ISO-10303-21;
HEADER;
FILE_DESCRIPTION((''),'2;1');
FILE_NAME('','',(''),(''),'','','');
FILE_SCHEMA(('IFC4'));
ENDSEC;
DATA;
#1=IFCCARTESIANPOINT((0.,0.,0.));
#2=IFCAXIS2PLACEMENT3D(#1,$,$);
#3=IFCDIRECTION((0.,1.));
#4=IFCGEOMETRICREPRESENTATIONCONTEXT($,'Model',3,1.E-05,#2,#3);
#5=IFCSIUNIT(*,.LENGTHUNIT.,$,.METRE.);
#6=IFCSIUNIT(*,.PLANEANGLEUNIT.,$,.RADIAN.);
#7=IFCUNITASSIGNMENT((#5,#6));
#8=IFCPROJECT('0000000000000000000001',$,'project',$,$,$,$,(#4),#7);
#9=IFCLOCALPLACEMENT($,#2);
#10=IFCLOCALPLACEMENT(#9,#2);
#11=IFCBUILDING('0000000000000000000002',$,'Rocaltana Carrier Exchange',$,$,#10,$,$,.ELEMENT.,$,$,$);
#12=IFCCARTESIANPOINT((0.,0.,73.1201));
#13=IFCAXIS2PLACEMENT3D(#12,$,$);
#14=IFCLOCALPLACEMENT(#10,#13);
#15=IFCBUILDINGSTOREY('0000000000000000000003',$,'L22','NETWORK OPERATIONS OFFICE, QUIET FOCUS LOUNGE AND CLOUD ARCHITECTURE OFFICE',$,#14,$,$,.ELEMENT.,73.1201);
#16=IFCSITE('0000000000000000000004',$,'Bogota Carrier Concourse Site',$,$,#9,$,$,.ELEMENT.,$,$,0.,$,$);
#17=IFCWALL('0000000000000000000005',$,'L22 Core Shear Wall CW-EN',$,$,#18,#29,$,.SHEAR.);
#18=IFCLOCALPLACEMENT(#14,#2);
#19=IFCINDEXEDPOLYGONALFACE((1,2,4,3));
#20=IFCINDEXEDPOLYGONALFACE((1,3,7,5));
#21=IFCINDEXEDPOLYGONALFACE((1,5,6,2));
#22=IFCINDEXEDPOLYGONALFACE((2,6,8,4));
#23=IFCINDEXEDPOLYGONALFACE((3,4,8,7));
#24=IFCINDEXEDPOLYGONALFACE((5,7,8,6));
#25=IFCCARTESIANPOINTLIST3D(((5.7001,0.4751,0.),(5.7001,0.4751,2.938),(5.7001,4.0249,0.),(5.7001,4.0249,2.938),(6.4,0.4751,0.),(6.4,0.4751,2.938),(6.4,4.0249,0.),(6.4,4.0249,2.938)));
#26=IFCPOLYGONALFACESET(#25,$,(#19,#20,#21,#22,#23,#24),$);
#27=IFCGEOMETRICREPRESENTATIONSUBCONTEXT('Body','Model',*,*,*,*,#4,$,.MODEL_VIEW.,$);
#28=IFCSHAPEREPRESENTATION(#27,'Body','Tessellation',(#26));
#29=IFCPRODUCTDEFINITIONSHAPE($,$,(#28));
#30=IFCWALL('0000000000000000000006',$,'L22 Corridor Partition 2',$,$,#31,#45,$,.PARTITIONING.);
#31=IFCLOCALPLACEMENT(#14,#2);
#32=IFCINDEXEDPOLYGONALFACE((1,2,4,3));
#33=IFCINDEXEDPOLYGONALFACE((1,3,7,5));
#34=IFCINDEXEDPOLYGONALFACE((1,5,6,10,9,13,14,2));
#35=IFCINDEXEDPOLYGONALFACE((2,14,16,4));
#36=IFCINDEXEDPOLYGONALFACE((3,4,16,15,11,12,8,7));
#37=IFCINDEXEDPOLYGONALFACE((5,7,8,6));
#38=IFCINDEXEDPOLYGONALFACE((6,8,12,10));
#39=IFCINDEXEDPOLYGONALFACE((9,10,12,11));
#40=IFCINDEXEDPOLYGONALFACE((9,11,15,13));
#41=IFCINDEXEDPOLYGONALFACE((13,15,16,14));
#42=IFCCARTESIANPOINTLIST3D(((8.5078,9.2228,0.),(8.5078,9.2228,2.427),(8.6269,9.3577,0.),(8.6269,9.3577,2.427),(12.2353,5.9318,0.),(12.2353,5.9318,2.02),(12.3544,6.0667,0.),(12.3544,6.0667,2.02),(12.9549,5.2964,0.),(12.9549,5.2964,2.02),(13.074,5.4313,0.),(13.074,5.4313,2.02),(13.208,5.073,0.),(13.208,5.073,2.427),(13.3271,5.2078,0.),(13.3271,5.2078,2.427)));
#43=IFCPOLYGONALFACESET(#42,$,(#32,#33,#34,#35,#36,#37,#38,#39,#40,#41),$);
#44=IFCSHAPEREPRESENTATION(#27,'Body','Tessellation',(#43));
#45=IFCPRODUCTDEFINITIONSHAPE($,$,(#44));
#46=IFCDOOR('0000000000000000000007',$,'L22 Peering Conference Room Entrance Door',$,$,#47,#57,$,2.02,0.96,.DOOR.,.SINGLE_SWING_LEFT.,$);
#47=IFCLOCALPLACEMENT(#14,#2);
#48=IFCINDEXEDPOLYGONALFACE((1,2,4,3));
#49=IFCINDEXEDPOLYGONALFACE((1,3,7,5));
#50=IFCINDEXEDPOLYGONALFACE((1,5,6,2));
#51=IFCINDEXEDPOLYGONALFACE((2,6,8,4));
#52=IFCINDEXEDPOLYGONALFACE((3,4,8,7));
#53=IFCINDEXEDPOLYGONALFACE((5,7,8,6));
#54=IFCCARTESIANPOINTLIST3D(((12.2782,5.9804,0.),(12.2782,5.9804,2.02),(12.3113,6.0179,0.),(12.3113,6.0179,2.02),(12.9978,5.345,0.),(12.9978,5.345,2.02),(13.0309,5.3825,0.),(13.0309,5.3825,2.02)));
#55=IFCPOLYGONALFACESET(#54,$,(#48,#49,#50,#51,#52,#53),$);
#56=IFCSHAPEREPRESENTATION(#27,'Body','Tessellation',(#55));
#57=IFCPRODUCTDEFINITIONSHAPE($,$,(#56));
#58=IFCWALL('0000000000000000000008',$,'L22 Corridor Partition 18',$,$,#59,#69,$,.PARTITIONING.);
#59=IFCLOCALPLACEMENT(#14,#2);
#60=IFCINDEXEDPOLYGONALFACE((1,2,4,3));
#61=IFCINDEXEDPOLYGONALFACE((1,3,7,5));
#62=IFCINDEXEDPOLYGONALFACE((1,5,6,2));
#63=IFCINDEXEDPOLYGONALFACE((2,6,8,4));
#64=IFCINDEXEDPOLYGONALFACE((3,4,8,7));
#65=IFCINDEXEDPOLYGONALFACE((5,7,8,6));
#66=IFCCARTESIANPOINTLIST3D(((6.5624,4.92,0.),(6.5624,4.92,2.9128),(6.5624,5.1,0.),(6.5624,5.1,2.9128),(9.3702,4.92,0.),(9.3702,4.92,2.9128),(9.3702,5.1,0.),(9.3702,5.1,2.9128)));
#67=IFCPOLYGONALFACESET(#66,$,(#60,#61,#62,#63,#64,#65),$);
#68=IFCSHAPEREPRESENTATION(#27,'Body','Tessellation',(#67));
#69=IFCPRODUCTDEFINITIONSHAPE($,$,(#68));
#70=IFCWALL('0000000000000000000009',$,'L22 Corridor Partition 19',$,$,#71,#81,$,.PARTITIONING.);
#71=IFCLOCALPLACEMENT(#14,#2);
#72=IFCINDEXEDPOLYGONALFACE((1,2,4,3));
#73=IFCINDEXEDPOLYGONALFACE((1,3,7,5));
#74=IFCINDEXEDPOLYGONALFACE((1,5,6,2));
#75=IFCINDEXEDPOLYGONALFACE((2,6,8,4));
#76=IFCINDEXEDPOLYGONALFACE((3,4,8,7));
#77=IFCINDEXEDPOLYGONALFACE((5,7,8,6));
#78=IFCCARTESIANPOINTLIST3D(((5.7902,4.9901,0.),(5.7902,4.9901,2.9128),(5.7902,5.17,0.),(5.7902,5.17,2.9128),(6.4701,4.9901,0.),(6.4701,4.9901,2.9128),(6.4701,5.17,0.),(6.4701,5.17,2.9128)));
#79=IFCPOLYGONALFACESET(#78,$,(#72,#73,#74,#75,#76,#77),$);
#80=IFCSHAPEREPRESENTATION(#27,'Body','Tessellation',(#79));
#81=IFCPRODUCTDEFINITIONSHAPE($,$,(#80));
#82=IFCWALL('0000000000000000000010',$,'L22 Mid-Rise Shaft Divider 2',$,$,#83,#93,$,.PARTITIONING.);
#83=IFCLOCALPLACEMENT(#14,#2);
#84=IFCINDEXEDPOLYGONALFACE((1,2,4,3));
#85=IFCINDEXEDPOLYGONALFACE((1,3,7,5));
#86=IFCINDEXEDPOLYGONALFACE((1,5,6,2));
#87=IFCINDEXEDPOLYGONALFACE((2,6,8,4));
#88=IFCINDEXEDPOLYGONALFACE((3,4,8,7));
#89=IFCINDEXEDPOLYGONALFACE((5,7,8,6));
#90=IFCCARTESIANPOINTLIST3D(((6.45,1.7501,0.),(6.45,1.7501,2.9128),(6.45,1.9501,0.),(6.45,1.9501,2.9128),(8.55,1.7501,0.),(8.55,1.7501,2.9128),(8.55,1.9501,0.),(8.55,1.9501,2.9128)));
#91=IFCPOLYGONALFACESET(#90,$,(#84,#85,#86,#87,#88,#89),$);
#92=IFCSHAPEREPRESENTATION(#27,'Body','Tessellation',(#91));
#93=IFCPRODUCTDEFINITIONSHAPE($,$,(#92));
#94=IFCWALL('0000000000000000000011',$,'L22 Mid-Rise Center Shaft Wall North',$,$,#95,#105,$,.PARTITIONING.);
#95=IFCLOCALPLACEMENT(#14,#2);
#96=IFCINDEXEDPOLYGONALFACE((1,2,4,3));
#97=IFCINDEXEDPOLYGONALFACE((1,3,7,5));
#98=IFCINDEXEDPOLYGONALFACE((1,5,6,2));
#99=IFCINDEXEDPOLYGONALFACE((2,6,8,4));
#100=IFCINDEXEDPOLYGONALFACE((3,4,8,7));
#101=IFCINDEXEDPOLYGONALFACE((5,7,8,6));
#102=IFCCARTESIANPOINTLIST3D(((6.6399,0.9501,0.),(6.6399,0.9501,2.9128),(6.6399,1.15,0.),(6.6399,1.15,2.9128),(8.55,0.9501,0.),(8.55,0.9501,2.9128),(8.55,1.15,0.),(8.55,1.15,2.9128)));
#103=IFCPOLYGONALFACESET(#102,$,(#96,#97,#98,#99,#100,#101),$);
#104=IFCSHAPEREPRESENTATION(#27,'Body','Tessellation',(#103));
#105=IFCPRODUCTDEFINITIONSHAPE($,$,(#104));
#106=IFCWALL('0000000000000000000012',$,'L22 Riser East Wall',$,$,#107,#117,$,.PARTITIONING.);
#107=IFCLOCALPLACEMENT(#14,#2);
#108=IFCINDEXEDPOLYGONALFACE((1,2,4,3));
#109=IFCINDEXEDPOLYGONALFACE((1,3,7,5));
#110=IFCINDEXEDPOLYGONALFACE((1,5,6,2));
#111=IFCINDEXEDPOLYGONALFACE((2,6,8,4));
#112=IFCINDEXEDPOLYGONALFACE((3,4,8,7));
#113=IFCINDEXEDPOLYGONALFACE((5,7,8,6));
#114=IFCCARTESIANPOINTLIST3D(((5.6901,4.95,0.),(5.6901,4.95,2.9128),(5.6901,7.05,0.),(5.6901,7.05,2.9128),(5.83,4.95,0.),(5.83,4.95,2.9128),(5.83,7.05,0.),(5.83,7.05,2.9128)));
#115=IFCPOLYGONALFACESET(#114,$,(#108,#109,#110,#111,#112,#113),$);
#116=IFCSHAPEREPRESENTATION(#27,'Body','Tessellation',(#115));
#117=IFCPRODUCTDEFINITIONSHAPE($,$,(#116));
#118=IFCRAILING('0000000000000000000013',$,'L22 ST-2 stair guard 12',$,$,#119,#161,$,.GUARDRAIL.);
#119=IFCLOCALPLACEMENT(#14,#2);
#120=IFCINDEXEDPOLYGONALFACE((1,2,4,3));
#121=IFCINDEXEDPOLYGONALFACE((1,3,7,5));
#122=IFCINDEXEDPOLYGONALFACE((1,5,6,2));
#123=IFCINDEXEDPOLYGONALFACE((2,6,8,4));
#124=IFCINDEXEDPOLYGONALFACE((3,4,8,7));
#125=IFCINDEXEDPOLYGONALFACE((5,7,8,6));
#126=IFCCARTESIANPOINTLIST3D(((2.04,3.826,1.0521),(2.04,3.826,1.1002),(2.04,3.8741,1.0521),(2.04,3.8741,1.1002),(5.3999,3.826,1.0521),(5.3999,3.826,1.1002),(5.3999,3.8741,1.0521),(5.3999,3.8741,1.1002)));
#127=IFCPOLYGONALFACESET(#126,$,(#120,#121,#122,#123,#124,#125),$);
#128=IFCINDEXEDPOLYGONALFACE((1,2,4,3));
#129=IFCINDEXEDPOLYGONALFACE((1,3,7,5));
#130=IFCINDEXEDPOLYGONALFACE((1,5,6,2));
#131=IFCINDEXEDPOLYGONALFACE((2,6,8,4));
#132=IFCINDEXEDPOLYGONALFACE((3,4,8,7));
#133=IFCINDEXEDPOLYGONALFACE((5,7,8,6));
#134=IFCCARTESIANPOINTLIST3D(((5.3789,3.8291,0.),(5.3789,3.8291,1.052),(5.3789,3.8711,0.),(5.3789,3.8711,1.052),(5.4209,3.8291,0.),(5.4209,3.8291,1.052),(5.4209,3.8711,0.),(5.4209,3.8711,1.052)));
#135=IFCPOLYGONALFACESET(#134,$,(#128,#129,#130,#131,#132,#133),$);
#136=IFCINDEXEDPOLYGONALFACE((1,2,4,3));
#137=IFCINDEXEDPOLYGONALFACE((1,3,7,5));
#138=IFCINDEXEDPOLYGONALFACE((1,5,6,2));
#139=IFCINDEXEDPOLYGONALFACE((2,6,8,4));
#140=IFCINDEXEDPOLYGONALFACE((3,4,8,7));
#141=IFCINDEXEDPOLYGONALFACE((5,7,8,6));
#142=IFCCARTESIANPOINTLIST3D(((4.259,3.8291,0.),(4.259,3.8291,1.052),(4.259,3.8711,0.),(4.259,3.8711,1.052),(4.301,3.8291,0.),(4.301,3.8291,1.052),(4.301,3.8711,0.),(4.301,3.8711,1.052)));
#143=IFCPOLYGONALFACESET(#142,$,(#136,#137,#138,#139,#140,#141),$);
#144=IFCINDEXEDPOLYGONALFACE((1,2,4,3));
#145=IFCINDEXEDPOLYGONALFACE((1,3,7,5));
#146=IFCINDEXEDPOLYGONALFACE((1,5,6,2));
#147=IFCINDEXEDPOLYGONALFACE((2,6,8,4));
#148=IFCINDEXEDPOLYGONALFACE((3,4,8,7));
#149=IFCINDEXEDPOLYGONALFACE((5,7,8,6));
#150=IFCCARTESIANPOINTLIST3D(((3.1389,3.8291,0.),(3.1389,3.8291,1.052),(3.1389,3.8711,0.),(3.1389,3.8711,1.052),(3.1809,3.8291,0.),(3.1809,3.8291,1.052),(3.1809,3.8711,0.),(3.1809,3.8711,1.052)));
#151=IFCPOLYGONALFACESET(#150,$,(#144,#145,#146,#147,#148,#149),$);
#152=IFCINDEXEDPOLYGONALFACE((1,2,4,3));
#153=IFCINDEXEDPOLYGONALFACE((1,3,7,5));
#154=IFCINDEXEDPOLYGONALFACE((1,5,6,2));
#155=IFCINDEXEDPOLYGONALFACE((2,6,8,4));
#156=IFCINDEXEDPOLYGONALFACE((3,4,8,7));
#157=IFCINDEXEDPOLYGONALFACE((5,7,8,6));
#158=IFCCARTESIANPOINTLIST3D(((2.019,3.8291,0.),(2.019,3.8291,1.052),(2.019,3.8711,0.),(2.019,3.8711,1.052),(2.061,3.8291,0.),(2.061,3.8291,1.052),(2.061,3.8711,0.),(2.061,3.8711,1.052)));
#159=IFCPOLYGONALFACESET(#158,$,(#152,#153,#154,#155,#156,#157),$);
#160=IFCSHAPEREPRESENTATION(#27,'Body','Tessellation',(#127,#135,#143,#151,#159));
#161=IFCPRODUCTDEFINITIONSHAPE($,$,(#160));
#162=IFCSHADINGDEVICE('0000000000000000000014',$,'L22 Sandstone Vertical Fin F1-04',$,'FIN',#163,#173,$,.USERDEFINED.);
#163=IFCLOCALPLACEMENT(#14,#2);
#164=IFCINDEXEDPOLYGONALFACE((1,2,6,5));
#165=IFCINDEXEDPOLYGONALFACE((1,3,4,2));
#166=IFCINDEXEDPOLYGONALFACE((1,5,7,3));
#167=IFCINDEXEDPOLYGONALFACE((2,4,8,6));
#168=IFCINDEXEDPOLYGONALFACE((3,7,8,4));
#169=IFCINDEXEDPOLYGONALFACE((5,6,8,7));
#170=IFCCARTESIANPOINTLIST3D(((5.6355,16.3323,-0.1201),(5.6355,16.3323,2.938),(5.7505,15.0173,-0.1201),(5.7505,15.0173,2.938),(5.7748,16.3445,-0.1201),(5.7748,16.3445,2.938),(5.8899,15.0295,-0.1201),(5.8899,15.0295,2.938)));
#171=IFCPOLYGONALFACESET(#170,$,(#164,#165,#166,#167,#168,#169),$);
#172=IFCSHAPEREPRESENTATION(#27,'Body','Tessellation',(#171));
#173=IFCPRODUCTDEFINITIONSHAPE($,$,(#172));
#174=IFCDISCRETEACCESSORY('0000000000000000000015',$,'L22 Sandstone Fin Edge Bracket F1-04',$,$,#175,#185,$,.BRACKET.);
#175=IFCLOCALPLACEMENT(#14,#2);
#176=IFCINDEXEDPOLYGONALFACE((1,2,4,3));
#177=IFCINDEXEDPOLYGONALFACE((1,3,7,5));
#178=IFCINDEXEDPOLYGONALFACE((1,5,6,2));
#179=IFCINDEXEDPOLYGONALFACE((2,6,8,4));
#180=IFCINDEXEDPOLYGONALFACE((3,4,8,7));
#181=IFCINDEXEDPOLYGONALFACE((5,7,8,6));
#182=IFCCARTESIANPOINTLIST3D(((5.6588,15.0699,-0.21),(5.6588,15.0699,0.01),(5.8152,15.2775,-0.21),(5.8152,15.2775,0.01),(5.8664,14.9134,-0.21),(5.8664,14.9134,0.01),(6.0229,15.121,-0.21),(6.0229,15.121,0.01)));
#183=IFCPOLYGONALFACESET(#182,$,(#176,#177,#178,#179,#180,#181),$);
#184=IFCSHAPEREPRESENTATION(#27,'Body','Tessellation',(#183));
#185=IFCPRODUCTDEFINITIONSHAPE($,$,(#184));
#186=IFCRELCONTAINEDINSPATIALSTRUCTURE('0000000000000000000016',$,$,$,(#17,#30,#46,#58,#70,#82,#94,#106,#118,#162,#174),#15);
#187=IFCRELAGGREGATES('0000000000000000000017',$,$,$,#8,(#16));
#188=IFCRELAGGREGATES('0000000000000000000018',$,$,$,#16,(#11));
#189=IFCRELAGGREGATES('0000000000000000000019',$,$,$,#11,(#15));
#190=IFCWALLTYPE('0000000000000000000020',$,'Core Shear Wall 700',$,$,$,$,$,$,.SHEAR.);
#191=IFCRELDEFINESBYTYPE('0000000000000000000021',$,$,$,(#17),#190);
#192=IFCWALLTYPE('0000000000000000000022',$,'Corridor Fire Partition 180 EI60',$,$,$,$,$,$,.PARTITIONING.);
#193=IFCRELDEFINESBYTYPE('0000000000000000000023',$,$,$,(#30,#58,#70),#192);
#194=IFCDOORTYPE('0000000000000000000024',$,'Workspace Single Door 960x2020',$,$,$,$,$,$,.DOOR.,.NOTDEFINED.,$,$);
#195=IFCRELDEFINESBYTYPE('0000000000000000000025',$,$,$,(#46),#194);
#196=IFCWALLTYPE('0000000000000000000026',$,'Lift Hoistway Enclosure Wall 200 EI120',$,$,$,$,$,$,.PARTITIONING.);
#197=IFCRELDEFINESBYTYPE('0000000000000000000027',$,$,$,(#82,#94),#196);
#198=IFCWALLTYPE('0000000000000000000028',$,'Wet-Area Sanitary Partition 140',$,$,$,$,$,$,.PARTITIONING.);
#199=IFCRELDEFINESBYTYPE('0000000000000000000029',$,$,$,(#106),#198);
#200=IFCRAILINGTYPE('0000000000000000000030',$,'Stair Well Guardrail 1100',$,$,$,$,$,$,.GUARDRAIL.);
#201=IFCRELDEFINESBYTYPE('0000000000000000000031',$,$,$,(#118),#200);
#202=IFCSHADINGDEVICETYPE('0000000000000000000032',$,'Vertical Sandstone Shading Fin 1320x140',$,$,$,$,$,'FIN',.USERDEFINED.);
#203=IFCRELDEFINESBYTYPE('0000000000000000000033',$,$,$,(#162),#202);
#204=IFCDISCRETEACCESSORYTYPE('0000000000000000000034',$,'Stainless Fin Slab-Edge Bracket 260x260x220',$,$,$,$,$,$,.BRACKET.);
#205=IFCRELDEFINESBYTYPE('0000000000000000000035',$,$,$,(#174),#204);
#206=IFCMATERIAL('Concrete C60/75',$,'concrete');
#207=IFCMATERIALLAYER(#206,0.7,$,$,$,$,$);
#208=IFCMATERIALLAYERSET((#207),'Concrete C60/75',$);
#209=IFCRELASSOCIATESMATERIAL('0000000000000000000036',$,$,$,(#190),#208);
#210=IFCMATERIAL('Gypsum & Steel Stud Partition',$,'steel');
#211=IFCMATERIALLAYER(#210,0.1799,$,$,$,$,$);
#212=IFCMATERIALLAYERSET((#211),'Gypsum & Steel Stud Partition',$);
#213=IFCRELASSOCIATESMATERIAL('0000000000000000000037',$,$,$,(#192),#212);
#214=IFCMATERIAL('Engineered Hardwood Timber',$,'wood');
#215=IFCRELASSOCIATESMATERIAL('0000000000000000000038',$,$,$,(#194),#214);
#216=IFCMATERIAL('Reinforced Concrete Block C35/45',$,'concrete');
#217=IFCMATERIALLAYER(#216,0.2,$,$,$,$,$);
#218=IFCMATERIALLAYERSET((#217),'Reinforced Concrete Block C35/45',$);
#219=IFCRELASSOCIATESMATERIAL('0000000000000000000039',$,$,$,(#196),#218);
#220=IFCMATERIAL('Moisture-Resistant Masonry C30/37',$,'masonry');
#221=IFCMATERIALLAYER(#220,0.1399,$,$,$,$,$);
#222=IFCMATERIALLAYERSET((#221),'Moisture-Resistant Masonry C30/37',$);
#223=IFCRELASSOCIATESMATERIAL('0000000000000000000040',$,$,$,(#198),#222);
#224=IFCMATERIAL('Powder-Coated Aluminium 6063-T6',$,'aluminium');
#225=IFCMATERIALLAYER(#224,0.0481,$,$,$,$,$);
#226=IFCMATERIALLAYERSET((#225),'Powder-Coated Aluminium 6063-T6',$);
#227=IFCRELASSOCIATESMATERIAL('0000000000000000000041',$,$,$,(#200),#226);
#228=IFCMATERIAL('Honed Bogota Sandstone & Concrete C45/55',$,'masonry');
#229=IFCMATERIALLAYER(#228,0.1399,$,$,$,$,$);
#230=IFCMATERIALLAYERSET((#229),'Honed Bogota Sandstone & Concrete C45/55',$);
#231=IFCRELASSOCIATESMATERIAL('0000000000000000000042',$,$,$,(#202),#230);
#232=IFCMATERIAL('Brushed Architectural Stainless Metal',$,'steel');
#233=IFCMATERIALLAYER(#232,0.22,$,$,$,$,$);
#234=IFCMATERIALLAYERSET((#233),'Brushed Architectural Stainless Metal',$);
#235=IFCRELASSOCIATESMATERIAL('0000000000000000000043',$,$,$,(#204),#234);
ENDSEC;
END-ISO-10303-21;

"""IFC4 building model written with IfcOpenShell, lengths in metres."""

from ifc_helpers import new_model, si_unit, direction, frame, frame_2d, origin, origin_2d, place, context, subcontext, project, spatial, rectangle, extrude, material, layer, layer_set, type_object, element, fill, save


model = new_model("IFC4")

# Units and contexts
model_context = context("Model", 3, precision=1e-05, world=origin(), true_north=direction((0.0, 1.0)))
body_context = subcontext(model_context, "Body", "Model", "MODEL_VIEW")
ifc_project = project(units=[si_unit("LENGTHUNIT", "METRE"), si_unit("PLANEANGLEUNIT", "RADIAN")], contexts=[model_context])

# Site, building, storey
site_placement = place(None, origin())
site = spatial("IfcSite", under=ifc_project, at=site_placement, Name="Bogota Carrier Concourse Site", CompositionType="ELEMENT", RefElevation=0.0)
building_placement = place(site_placement, origin())
building = spatial("IfcBuilding", under=site, at=building_placement, Name="Rocaltana Carrier Exchange", CompositionType="ELEMENT")
storey_placement = place(building_placement, frame((0.0, 0.0, 73.1201)))
storey = spatial("IfcBuildingStorey", under=building, at=storey_placement, Name="L22", Description="NETWORK OPERATIONS OFFICE, QUIET FOCUS LOUNGE AND CLOUD ARCHITECTURE OFFICE", CompositionType="ELEMENT", Elevation=73.1201)

# Wall
ifc_material_1 = material(Name="Concrete C60/75", Category="concrete")
ifc_layer_1 = layer(ifc_material_1, 0.7)
ifc_layer_set_1 = layer_set([ifc_layer_1], Name="Concrete C60/75")
wall_type_1 = type_object("IfcWallType", Name="Core Shear Wall 700", PredefinedType="SHEAR", material=ifc_layer_set_1)
wall_1_placement = place(storey_placement, frame((6.05, 0.4751, 0.0), z_axis=(0.0, 0.0, 1.0), x_axis=(0.0, 1.0, 0.0)))
element("IfcWall", 1, at=wall_1_placement, inside=storey, type_object=wall_type_1, Name="L22 Core Shear Wall CW-EN", PredefinedType="SHEAR", context=body_context, shape_type="SweptSolid", body=[
    extrude(rectangle(XDim=3.5498, YDim=0.7, at=frame_2d((1.7749, 0.0))), origin(), (0.0, 0.0, 1.0), 2.938),
])

# Wall, opening, door
ifc_material_2 = material(Name="Gypsum & Steel Stud Partition", Category="steel")
ifc_layer_2 = layer(ifc_material_2, 0.1799)
ifc_layer_set_2 = layer_set([ifc_layer_2], Name="Gypsum & Steel Stud Partition")
wall_type_2 = type_object("IfcWallType", Name="Corridor Fire Partition 180 EI60", PredefinedType="PARTITIONING", material=ifc_layer_set_2)
wall_2_placement = place(storey_placement, frame((8.5674, 9.2903, 0.0), z_axis=(0.0, 0.0, 1.0), x_axis=(0.749626, -0.661861, 0.0)))
wall_2 = element("IfcWall", 2, at=wall_2_placement, inside=storey, type_object=wall_type_2, Name="L22 Corridor Partition 2", PredefinedType="PARTITIONING", context=body_context, shape_type="SweptSolid", body=[
    extrude(rectangle(XDim=6.27, YDim=0.1799, at=frame_2d((3.135, 0.0))), origin(), (0.0, 0.0, 1.0), 2.427),
])
opening_placement = place(wall_2_placement, frame((4.9724, 0.0, 0.0)))
opening = element("IfcOpeningElement", 3, at=opening_placement, cuts=wall_2, PredefinedType="OPENING", context=body_context, shape_type="SweptSolid", body=[
    extrude(rectangle(XDim=0.96, YDim=2.02, at=frame_2d((0.48, 1.01))), frame((0.0, 0.0999, 0.0), z_axis=(0.0, -1.0, 0.0), x_axis=(1.0, 0.0, 0.0)), (0.0, 0.0, 1.0), 0.2),
])
ifc_material_3 = material(Name="Engineered Hardwood Timber", Category="wood")
door_type = type_object("IfcDoorType", Name="Workspace Single Door 960x2020", OperationType="NOTDEFINED", PredefinedType="DOOR", material=ifc_material_3)
door_placement = place(opening_placement, origin())
door = element("IfcDoor", 4, at=door_placement, inside=storey, type_object=door_type, Name="L22 Peering Conference Room Entrance Door", OperationType="SINGLE_SWING_LEFT", OverallHeight=2.02, OverallWidth=0.96, PredefinedType="DOOR", context=body_context, shape_type="SweptSolid", body=[
    extrude(rectangle(XDim=0.96, YDim=2.02, at=frame_2d((0.48, 1.01))), frame((0.0, 0.0249, 0.0), z_axis=(0.0, -1.0, 0.0), x_axis=(1.0, 0.0, 0.0)), (0.0, 0.0, 1.0), 0.05),
])
fill(opening, door)

# Walls
wall_3_placement = place(storey_placement, frame((9.3701, 5.01, 0.0), z_axis=(0.0, 0.0, 1.0), x_axis=(-1.0, 0.0, 0.0)))
element("IfcWall", 5, at=wall_3_placement, inside=storey, type_object=wall_type_2, Name="L22 Corridor Partition 18", PredefinedType="PARTITIONING", context=body_context, shape_type="SweptSolid", body=[
    extrude(rectangle(XDim=2.8079, YDim=0.1799, at=frame_2d((1.4038, 0.0))), origin(), (0.0, 0.0, 1.0), 2.9128),
])
wall_4_placement = place(storey_placement, frame((6.47, 5.0801, 0.0), z_axis=(0.0, 0.0, 1.0), x_axis=(-1.0, 0.0, 0.0)))
element("IfcWall", 6, at=wall_4_placement, inside=storey, type_object=wall_type_2, Name="L22 Corridor Partition 19", PredefinedType="PARTITIONING", context=body_context, shape_type="SweptSolid", body=[
    extrude(rectangle(XDim=0.6799, YDim=0.1799, at=frame_2d((0.3398, 0.0))), origin(), (0.0, 0.0, 1.0), 2.9128),
])
ifc_material_4 = material(Name="Reinforced Concrete Block C35/45", Category="concrete")
ifc_layer_3 = layer(ifc_material_4, 0.2)
ifc_layer_set_3 = layer_set([ifc_layer_3], Name="Reinforced Concrete Block C35/45")
wall_type_3 = type_object("IfcWallType", Name="Lift Hoistway Enclosure Wall 200 EI120", PredefinedType="PARTITIONING", material=ifc_layer_set_3)
wall_5_placement = place(storey_placement, frame((6.45, 1.8501, 0.0), z_axis=(0.0, 0.0, 1.0), x_axis=(1.0, 0.0, 0.0)))
element("IfcWall", 7, at=wall_5_placement, inside=storey, type_object=wall_type_3, Name="L22 Mid-Rise Shaft Divider 2", PredefinedType="PARTITIONING", context=body_context, shape_type="SweptSolid", body=[
    extrude(rectangle(XDim=2.1001, YDim=0.2, at=frame_2d((1.05, 0.0))), origin(), (0.0, 0.0, 1.0), 2.9128),
])
wall_6_placement = place(storey_placement, frame((6.6399, 1.05, 0.0), z_axis=(0.0, 0.0, 1.0), x_axis=(1.0, 0.0, 0.0)))
element("IfcWall", 8, at=wall_6_placement, inside=storey, type_object=wall_type_3, Name="L22 Mid-Rise Center Shaft Wall North", PredefinedType="PARTITIONING", context=body_context, shape_type="SweptSolid", body=[
    extrude(rectangle(XDim=1.9102, YDim=0.2, at=frame_2d((0.9551, 0.0))), origin(), (0.0, 0.0, 1.0), 2.9128),
])
ifc_material_5 = material(Name="Moisture-Resistant Masonry C30/37", Category="masonry")
ifc_layer_4 = layer(ifc_material_5, 0.1399)
ifc_layer_set_4 = layer_set([ifc_layer_4], Name="Moisture-Resistant Masonry C30/37")
wall_type_4 = type_object("IfcWallType", Name="Wet-Area Sanitary Partition 140", PredefinedType="PARTITIONING", material=ifc_layer_set_4)
wall_7_placement = place(storey_placement, frame((5.76, 4.95, 0.0), z_axis=(0.0, 0.0, 1.0), x_axis=(0.0, 1.0, 0.0)))
element("IfcWall", 9, at=wall_7_placement, inside=storey, type_object=wall_type_4, Name="L22 Riser East Wall", PredefinedType="PARTITIONING", context=body_context, shape_type="SweptSolid", body=[
    extrude(rectangle(XDim=2.1001, YDim=0.1399, at=frame_2d((1.05, 0.0))), origin(), (0.0, 0.0, 1.0), 2.9128),
])

# Railing
ifc_material_6 = material(Name="Powder-Coated Aluminium 6063-T6", Category="aluminium")
ifc_layer_5 = layer(ifc_material_6, 0.0481)
ifc_layer_set_5 = layer_set([ifc_layer_5], Name="Powder-Coated Aluminium 6063-T6")
railing_type = type_object("IfcRailingType", Name="Stair Well Guardrail 1100", PredefinedType="GUARDRAIL", material=ifc_layer_set_5)
railing_placement = place(storey_placement, frame((5.3999, 3.8501, 0.0)))
element("IfcRailing", 10, at=railing_placement, inside=storey, type_object=railing_type, Name="L22 ST-2 stair guard 12", PredefinedType="GUARDRAIL", context=body_context, shape_type="SweptSolid", body=[
    extrude(rectangle(XDim=0.0481, YDim=0.0481, at=origin_2d()), frame((0.0, 0.0, 1.0762), z_axis=(-1.0, 0.0, 0.0), x_axis=(0.0, -1.0, 0.0)), (0.0, 0.0, 1.0), 3.3599),
    extrude(rectangle(XDim=0.042, YDim=0.042, at=origin_2d()), origin(), (0.0, 0.0, 1.0), 1.052),
    extrude(rectangle(XDim=0.042, YDim=0.042, at=origin_2d()), frame((-1.1199, 0.0, 0.0)), (0.0, 0.0, 1.0), 1.052),
    extrude(rectangle(XDim=0.042, YDim=0.042, at=origin_2d()), frame((-2.24, 0.0, 0.0)), (0.0, 0.0, 1.0), 1.052),
    extrude(rectangle(XDim=0.042, YDim=0.042, at=origin_2d()), frame((-3.3599, 0.0, 0.0)), (0.0, 0.0, 1.0), 1.052),
])

# Shading device
ifc_material_7 = material(Name="Honed Bogota Sandstone & Concrete C45/55", Category="masonry")
ifc_layer_6 = layer(ifc_material_7, 0.1399)
ifc_layer_set_6 = layer_set([ifc_layer_6], Name="Honed Bogota Sandstone & Concrete C45/55")
shading_device_type = type_object("IfcShadingDeviceType", Name="Vertical Sandstone Shading Fin 1320x140", ElementType="FIN", PredefinedType="USERDEFINED", material=ifc_layer_set_6)
shading_device_placement = place(storey_placement, frame((5.7627, 15.6809, -0.1201), z_axis=(0.0, 0.0, 1.0), x_axis=(-0.087156, 0.996195, 0.0)))
element("IfcShadingDevice", 11, at=shading_device_placement, inside=storey, type_object=shading_device_type, Name="L22 Sandstone Vertical Fin F1-04", ObjectType="FIN", PredefinedType="USERDEFINED", context=body_context, shape_type="SweptSolid", body=[
    extrude(rectangle(XDim=1.3201, YDim=0.1399, at=origin_2d()), origin(), (0.0, 0.0, 1.0), 3.0581),
])

# Discrete accessory
ifc_material_8 = material(Name="Brushed Architectural Stainless Metal", Category="steel")
ifc_layer_7 = layer(ifc_material_8, 0.22)
ifc_layer_set_7 = layer_set([ifc_layer_7], Name="Brushed Architectural Stainless Metal")
discrete_accessory_type = type_object("IfcDiscreteAccessoryType", Name="Stainless Fin Slab-Edge Bracket 260x260x220", PredefinedType="BRACKET", material=ifc_layer_set_7)
discrete_accessory_placement = place(storey_placement, frame((5.8408, 15.0955, -0.21), z_axis=(0.0, 0.0, 1.0), x_axis=(-0.798636, 0.601815, 0.0)))
element("IfcDiscreteAccessory", 12, at=discrete_accessory_placement, inside=storey, type_object=discrete_accessory_type, Name="L22 Sandstone Fin Edge Bracket F1-04", PredefinedType="BRACKET", context=body_context, shape_type="SweptSolid", body=[
    extrude(rectangle(XDim=0.26, YDim=0.26, at=origin_2d()), origin(), (0.0, 0.0, 1.0), 0.22),
])

save(model, "model.ifc")
